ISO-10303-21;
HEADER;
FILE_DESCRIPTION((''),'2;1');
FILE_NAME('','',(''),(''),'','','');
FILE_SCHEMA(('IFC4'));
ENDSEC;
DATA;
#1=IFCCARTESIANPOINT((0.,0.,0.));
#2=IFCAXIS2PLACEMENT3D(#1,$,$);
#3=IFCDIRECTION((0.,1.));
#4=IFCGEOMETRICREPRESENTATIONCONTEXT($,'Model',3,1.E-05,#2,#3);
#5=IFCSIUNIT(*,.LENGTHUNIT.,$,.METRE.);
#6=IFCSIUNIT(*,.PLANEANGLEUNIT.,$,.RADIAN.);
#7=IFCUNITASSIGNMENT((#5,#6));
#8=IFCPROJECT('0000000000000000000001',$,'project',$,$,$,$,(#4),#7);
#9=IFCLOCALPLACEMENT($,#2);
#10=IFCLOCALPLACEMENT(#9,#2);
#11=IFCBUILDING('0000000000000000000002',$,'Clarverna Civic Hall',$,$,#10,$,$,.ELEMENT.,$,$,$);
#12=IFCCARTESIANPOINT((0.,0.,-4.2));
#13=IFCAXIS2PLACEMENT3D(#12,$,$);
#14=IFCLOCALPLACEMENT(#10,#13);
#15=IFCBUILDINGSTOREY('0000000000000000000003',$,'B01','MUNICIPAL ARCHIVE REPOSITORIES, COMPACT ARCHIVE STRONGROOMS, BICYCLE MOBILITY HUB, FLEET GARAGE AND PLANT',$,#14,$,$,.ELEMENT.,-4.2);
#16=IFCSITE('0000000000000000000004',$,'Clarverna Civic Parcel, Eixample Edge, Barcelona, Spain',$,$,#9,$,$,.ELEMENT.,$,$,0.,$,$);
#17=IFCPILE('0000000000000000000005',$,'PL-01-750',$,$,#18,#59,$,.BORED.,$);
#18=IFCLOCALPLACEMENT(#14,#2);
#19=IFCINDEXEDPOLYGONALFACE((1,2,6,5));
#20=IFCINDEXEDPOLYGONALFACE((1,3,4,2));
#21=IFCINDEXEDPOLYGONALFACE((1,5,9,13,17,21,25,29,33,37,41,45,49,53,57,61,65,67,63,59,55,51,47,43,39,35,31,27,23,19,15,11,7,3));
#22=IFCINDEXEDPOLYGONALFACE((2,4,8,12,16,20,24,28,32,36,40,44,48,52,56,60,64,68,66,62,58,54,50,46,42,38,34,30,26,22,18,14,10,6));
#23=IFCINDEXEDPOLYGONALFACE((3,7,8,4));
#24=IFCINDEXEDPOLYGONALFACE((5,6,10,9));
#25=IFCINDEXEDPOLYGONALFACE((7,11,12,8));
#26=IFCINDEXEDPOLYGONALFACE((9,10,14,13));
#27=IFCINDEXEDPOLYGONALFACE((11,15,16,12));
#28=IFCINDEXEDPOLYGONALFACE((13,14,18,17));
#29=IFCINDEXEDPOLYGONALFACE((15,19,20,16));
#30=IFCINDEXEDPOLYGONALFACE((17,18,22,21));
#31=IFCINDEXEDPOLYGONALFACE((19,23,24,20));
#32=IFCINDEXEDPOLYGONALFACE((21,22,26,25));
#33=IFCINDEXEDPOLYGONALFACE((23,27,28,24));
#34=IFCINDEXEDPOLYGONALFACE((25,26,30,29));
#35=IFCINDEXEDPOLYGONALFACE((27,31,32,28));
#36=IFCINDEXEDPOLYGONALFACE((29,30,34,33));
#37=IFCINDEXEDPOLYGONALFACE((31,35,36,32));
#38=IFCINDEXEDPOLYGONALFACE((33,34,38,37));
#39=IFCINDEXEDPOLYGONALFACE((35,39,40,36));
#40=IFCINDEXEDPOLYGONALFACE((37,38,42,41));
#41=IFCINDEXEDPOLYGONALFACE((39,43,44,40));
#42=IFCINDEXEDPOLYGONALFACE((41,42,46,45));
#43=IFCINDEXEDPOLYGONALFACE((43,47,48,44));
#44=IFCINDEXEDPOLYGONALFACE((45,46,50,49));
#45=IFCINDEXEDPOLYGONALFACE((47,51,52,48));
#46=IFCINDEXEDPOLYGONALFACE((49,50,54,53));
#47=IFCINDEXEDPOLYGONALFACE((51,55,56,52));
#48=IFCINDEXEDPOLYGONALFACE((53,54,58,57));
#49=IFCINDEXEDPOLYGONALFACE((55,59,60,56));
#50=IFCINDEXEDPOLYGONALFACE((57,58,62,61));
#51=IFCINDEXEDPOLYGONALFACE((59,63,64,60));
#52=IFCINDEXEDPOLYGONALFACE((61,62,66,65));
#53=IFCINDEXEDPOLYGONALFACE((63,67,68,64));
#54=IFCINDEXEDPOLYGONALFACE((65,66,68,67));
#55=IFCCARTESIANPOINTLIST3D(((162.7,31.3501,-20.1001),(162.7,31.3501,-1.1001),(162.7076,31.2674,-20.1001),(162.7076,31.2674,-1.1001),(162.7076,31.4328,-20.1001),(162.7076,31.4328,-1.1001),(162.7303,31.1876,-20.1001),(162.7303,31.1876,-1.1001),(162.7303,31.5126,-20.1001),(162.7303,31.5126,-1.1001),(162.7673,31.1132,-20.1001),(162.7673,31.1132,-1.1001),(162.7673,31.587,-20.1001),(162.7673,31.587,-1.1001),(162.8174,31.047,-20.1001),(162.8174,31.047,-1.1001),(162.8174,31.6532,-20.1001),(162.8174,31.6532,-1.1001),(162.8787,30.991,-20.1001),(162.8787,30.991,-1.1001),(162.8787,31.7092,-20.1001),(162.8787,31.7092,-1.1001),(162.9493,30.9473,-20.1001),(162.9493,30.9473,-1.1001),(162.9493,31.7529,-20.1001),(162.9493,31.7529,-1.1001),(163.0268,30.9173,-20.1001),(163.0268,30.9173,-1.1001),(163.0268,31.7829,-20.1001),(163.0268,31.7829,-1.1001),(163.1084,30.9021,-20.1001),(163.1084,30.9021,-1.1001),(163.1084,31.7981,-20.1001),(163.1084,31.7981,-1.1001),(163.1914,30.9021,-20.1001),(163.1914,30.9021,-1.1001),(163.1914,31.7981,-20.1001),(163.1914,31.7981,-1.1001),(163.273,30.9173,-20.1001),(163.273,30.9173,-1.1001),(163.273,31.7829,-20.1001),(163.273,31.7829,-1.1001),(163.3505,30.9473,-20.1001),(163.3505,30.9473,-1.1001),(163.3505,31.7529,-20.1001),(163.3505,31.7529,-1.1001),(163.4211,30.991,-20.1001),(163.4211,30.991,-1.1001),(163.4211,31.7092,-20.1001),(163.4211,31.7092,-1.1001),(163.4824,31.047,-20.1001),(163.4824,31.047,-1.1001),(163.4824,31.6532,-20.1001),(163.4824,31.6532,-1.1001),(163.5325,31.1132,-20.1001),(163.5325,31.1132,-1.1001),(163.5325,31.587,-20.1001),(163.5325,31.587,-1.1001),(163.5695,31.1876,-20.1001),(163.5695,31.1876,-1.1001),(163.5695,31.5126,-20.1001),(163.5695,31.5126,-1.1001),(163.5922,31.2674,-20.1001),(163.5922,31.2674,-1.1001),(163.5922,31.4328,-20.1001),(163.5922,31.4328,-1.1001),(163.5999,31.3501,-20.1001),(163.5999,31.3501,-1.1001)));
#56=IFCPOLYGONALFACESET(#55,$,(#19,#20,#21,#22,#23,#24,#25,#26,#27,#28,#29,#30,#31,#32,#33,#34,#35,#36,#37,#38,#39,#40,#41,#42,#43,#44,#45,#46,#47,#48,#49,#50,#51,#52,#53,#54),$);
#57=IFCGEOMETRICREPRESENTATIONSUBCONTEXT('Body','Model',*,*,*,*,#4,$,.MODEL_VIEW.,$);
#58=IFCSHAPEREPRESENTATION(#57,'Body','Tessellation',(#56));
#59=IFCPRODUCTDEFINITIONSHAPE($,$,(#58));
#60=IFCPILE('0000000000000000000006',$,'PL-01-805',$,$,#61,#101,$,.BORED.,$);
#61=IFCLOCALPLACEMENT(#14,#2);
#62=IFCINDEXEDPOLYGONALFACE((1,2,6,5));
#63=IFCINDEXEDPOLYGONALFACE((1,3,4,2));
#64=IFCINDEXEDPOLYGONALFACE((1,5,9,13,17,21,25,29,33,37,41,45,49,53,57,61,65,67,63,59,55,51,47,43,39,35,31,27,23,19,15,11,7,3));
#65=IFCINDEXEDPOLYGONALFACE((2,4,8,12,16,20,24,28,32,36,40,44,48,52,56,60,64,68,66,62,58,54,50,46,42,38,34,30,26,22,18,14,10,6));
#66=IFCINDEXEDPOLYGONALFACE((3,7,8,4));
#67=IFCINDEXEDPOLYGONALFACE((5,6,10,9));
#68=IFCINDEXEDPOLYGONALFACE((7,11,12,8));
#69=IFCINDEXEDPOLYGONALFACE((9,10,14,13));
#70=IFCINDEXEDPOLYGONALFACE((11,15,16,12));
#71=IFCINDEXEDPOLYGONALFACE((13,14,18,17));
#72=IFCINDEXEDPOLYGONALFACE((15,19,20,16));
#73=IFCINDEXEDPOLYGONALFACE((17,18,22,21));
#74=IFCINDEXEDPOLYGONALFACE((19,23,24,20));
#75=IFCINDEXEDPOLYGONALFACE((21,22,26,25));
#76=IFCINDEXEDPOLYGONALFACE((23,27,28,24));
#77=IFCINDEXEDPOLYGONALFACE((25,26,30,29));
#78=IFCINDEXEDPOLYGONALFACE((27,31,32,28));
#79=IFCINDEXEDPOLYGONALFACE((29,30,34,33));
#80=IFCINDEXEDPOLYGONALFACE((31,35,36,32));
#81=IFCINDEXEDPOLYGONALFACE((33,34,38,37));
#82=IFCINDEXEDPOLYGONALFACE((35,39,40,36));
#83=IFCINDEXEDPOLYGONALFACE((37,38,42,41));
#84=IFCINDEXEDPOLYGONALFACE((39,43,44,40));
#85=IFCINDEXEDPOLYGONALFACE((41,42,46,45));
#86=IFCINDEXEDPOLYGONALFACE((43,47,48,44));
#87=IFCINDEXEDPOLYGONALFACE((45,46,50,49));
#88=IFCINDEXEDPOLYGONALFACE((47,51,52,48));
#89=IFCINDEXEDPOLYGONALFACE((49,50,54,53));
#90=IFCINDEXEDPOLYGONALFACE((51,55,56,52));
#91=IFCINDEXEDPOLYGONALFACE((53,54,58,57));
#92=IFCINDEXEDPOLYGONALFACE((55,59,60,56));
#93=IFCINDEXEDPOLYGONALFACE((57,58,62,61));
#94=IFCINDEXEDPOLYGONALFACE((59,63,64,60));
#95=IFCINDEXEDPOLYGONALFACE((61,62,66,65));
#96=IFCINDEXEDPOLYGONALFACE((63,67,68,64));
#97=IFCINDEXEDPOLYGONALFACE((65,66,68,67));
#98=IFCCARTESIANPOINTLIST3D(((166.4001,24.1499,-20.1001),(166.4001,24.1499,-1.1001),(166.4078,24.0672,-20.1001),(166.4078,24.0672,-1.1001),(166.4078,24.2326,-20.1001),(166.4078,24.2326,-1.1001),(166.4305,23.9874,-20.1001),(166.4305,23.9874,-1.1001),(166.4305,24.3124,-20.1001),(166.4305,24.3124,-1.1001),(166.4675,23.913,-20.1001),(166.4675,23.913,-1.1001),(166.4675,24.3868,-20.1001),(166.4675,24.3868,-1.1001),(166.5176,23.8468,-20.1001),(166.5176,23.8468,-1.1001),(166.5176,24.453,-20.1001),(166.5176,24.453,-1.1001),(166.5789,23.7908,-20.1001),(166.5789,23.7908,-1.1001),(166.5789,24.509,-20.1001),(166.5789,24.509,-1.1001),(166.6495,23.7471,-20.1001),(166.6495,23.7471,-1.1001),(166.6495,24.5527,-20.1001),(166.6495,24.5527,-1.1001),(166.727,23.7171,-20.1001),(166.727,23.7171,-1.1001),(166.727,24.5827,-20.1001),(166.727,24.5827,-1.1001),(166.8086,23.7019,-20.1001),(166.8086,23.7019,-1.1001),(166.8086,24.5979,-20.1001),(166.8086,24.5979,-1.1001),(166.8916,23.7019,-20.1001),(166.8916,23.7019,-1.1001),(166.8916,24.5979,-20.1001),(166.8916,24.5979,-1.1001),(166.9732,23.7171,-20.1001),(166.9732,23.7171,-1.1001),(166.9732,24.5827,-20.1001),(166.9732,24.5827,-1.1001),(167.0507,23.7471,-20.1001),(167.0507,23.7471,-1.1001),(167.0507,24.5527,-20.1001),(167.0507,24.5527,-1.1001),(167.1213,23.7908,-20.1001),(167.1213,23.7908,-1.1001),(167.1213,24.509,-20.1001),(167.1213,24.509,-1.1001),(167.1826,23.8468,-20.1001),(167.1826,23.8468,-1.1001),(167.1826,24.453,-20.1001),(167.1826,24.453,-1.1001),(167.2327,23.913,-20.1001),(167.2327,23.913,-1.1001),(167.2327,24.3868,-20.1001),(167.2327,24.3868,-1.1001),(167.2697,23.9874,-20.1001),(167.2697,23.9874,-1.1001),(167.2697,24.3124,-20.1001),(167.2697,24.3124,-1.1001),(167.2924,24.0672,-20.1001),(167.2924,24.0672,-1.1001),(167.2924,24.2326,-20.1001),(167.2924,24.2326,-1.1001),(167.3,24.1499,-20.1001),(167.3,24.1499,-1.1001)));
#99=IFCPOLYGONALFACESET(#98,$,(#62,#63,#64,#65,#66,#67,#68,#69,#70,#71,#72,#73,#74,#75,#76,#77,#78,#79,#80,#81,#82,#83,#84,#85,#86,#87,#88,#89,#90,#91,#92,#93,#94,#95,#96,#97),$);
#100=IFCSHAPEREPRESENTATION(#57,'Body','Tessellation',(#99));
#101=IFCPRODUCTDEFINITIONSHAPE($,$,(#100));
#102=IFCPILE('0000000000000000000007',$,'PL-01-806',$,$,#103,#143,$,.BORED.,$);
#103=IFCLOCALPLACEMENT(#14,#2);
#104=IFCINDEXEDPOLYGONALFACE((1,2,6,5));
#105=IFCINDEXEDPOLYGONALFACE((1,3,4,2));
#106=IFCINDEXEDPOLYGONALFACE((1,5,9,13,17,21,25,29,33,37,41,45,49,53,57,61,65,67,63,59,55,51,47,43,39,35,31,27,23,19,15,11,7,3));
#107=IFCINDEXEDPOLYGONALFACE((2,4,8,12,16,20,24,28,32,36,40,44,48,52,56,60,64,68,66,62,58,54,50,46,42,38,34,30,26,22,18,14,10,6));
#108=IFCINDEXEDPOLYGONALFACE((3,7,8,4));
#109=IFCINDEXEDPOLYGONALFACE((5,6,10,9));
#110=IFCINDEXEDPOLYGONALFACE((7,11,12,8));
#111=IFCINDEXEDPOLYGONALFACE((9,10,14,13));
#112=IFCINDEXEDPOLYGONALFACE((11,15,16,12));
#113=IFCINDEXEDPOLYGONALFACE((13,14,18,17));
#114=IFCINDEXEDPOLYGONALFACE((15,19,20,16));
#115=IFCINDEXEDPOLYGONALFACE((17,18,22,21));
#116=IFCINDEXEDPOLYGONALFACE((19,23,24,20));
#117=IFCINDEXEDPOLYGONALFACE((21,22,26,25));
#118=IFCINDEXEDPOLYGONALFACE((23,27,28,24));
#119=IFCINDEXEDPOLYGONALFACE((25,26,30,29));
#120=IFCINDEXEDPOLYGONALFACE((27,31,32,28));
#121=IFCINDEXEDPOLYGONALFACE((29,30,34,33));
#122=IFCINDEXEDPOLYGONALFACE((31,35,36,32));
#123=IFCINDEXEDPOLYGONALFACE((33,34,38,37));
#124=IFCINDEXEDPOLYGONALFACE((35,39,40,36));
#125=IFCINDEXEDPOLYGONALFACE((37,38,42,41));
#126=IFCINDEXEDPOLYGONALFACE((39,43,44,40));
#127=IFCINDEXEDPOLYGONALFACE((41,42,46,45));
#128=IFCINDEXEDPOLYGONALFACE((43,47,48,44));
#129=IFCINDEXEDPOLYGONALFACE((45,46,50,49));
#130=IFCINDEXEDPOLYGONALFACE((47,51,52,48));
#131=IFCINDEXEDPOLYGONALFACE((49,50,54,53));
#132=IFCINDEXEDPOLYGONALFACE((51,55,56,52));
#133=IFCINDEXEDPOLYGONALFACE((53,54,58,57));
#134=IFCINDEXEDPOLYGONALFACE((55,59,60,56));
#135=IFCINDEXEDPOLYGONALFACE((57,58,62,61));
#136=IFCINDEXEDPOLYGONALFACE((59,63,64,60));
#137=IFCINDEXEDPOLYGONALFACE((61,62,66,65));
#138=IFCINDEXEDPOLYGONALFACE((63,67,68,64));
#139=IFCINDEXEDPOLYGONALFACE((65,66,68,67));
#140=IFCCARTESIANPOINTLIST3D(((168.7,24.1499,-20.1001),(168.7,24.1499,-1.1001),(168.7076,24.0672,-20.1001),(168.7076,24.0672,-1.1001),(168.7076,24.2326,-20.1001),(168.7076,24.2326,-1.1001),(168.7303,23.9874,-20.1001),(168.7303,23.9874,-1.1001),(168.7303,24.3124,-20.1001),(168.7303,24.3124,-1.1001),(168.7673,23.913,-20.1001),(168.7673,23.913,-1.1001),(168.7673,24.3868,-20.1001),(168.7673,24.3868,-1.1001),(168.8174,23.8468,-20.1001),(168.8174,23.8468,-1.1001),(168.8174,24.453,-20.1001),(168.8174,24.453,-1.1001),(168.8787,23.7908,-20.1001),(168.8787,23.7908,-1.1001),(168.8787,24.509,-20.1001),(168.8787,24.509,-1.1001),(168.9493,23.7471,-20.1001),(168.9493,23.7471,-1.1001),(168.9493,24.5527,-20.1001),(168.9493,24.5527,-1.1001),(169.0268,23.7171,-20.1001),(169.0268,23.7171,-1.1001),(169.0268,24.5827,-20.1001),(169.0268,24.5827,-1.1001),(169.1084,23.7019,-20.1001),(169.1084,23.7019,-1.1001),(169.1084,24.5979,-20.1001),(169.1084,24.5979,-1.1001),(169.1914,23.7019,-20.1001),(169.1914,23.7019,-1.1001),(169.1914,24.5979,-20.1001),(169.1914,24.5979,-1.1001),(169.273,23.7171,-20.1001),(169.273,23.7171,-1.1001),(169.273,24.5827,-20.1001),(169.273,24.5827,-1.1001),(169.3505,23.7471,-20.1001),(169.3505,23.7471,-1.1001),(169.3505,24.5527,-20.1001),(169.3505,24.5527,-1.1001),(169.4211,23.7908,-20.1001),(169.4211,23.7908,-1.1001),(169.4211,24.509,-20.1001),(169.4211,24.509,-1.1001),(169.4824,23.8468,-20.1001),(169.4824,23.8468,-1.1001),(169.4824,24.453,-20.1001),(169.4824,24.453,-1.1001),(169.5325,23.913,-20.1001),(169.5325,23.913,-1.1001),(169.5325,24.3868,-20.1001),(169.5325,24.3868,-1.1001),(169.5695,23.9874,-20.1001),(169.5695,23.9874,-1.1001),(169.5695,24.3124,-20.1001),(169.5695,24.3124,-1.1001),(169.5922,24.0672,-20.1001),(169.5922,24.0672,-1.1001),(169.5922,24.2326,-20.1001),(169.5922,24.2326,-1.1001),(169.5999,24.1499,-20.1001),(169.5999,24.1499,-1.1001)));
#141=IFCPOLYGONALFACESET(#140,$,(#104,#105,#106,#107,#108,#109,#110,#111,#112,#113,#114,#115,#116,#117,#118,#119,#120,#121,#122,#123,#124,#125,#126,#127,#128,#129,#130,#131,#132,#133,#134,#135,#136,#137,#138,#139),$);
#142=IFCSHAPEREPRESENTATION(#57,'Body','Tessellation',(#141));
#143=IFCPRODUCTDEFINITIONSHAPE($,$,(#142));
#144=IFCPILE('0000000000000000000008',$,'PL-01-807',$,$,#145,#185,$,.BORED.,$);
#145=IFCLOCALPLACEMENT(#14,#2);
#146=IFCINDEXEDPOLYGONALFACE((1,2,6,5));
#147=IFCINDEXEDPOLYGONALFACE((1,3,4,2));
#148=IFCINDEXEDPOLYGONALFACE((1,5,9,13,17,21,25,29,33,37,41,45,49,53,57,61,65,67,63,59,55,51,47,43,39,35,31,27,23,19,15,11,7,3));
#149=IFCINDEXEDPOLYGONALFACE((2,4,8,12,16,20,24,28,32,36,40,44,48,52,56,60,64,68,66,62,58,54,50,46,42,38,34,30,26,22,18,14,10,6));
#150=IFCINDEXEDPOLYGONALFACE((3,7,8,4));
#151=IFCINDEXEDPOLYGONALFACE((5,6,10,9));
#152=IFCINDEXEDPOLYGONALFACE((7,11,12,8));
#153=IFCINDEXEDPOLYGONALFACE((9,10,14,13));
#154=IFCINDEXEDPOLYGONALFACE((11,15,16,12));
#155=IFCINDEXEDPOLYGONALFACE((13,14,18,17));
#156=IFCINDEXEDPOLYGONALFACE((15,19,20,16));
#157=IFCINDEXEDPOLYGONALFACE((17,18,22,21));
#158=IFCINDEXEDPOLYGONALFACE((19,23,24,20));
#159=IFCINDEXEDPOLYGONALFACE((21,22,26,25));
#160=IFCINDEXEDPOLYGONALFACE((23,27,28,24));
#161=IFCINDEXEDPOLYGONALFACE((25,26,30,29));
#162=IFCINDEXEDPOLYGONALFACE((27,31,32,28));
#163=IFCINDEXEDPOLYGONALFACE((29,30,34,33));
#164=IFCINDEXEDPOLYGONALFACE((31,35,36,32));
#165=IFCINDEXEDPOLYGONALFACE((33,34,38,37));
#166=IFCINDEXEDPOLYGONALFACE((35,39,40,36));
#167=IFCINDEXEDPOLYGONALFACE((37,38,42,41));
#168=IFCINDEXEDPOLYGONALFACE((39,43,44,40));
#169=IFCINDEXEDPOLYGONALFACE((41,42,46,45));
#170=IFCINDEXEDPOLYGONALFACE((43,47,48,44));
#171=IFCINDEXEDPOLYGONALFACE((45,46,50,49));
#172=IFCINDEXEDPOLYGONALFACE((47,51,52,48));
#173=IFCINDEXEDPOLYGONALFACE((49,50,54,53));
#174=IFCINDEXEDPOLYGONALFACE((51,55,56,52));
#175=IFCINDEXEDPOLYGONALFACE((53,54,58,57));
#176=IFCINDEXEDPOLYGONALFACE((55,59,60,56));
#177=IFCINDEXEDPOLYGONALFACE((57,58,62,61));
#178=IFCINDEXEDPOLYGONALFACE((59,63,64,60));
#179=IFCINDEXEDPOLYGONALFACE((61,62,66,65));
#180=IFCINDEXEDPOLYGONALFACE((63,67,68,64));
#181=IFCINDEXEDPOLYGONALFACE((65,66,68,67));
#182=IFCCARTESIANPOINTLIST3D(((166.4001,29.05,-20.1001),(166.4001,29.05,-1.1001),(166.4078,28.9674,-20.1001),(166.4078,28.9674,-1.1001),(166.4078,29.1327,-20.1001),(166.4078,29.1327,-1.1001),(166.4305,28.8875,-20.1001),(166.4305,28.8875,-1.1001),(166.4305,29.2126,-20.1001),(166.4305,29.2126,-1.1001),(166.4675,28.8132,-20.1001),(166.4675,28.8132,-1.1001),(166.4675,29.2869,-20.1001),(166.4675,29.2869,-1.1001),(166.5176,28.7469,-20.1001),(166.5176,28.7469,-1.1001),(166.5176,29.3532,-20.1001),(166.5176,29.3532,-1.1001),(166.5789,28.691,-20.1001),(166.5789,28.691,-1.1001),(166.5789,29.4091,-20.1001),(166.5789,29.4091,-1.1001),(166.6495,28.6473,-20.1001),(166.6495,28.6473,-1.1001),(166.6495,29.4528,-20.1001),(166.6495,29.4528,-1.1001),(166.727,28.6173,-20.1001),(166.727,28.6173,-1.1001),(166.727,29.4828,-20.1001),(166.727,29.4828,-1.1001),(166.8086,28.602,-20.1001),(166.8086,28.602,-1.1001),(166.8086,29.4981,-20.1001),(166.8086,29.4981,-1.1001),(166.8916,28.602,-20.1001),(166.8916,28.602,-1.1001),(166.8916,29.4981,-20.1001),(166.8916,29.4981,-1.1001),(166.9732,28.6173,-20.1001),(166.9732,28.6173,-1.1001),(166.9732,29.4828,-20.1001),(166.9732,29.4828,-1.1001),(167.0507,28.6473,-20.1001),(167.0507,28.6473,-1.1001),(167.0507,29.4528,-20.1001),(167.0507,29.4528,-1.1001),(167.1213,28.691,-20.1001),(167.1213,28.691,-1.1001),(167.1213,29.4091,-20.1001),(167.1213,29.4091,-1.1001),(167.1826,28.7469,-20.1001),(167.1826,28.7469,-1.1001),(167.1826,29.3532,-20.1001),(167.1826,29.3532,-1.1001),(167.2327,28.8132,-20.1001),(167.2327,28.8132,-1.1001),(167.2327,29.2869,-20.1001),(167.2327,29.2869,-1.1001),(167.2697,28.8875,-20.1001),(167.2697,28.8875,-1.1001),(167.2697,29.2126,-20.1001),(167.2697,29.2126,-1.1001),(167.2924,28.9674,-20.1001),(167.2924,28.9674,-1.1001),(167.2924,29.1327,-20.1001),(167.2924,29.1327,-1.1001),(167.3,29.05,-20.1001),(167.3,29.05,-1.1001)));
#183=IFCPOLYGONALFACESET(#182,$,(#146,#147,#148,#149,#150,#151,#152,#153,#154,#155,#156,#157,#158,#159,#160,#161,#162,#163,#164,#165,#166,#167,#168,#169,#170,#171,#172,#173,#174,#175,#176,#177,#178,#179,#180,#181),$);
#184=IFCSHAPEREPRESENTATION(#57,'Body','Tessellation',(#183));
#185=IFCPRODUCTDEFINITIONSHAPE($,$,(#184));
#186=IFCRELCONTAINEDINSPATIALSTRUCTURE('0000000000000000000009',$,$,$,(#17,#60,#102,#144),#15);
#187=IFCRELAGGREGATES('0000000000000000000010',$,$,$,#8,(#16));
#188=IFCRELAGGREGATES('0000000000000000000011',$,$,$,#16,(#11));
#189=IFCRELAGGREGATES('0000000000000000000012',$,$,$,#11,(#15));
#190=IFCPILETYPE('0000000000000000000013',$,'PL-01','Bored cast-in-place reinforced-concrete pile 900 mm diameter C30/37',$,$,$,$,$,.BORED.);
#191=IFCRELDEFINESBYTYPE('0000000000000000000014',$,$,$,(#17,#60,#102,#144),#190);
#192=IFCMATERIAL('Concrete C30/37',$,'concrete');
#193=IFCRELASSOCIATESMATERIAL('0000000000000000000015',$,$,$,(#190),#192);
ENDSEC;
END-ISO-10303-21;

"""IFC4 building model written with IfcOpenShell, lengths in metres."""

from ifc_helpers import new_model, si_unit, direction, frame, origin, origin_2d, place, context, subcontext, project, spatial, circle, extrude, material, material_profile, profile_set, type_object, element, save


model = new_model("IFC4")

# Units and contexts
model_context = context("Model", 3, precision=1e-05, world=origin(), true_north=direction((0.0, 1.0)))
body_context = subcontext(model_context, "Body", "Model", "MODEL_VIEW")
ifc_project = project(units=[si_unit("LENGTHUNIT", "METRE"), si_unit("PLANEANGLEUNIT", "RADIAN")], contexts=[model_context])

# Site, building, storey
site_placement = place(None, origin())
site = spatial("IfcSite", under=ifc_project, at=site_placement, Name="Clarverna Civic Parcel, Eixample Edge, Barcelona, Spain", CompositionType="ELEMENT", RefElevation=0.0)
building_placement = place(site_placement, origin())
building = spatial("IfcBuilding", under=site, at=building_placement, Name="Clarverna Civic Hall", CompositionType="ELEMENT")
storey_placement = place(building_placement, frame((0.0, 0.0, -4.2)))
storey = spatial("IfcBuildingStorey", under=building, at=storey_placement, Name="B01", Description="MUNICIPAL ARCHIVE REPOSITORIES, COMPACT ARCHIVE STRONGROOMS, BICYCLE MOBILITY HUB, FLEET GARAGE AND PLANT", CompositionType="ELEMENT", Elevation=-4.2)

# Shared definitions
ifc_material_1 = material(Name="Concrete C30/37", Category="concrete")

# Piles
ifc_material_profile_1 = material_profile(ifc_material_1, circle(Radius=0.45, at=origin_2d()), Name="BORED PILE D900")
ifc_profile_set_1 = profile_set([ifc_material_profile_1], Name="Concrete C30/37")
pile_type = type_object("IfcPileType", Name="PL-01", Description="Bored cast-in-place reinforced-concrete pile 900 mm diameter C30/37", PredefinedType="BORED", material=ifc_profile_set_1)
for number, where, z_axis, x_axis, name in (
    (1, (163.1499, 31.3501, -1.1001), (0.0, 0.0, -1.0), (1.0, 0.0, 0.0), "PL-01-750"),
    (2, (166.8501, 24.1499, -1.1001), (0.0, 0.0, -1.0), (1.0, 0.0, 0.0), "PL-01-805"),
    (3, (169.1499, 24.1499, -1.1001), (0.0, 0.0, -1.0), (1.0, 0.0, 0.0), "PL-01-806"),
    (4, (166.8501, 29.05, -1.1001), (0.0, 0.0, -1.0), (1.0, 0.0, 0.0), "PL-01-807"),
):
    element("IfcPile", number, at=place(storey_placement, frame(where, z_axis=z_axis, x_axis=x_axis)), inside=storey, type_object=pile_type, Name=name, PredefinedType="BORED", context=body_context, shape_type="SweptSolid", body=[
        extrude(circle(Radius=0.45, at=origin_2d()), origin(), (0.0, 0.0, 1.0), 19.0),
    ])

save(model, "model.ifc")
